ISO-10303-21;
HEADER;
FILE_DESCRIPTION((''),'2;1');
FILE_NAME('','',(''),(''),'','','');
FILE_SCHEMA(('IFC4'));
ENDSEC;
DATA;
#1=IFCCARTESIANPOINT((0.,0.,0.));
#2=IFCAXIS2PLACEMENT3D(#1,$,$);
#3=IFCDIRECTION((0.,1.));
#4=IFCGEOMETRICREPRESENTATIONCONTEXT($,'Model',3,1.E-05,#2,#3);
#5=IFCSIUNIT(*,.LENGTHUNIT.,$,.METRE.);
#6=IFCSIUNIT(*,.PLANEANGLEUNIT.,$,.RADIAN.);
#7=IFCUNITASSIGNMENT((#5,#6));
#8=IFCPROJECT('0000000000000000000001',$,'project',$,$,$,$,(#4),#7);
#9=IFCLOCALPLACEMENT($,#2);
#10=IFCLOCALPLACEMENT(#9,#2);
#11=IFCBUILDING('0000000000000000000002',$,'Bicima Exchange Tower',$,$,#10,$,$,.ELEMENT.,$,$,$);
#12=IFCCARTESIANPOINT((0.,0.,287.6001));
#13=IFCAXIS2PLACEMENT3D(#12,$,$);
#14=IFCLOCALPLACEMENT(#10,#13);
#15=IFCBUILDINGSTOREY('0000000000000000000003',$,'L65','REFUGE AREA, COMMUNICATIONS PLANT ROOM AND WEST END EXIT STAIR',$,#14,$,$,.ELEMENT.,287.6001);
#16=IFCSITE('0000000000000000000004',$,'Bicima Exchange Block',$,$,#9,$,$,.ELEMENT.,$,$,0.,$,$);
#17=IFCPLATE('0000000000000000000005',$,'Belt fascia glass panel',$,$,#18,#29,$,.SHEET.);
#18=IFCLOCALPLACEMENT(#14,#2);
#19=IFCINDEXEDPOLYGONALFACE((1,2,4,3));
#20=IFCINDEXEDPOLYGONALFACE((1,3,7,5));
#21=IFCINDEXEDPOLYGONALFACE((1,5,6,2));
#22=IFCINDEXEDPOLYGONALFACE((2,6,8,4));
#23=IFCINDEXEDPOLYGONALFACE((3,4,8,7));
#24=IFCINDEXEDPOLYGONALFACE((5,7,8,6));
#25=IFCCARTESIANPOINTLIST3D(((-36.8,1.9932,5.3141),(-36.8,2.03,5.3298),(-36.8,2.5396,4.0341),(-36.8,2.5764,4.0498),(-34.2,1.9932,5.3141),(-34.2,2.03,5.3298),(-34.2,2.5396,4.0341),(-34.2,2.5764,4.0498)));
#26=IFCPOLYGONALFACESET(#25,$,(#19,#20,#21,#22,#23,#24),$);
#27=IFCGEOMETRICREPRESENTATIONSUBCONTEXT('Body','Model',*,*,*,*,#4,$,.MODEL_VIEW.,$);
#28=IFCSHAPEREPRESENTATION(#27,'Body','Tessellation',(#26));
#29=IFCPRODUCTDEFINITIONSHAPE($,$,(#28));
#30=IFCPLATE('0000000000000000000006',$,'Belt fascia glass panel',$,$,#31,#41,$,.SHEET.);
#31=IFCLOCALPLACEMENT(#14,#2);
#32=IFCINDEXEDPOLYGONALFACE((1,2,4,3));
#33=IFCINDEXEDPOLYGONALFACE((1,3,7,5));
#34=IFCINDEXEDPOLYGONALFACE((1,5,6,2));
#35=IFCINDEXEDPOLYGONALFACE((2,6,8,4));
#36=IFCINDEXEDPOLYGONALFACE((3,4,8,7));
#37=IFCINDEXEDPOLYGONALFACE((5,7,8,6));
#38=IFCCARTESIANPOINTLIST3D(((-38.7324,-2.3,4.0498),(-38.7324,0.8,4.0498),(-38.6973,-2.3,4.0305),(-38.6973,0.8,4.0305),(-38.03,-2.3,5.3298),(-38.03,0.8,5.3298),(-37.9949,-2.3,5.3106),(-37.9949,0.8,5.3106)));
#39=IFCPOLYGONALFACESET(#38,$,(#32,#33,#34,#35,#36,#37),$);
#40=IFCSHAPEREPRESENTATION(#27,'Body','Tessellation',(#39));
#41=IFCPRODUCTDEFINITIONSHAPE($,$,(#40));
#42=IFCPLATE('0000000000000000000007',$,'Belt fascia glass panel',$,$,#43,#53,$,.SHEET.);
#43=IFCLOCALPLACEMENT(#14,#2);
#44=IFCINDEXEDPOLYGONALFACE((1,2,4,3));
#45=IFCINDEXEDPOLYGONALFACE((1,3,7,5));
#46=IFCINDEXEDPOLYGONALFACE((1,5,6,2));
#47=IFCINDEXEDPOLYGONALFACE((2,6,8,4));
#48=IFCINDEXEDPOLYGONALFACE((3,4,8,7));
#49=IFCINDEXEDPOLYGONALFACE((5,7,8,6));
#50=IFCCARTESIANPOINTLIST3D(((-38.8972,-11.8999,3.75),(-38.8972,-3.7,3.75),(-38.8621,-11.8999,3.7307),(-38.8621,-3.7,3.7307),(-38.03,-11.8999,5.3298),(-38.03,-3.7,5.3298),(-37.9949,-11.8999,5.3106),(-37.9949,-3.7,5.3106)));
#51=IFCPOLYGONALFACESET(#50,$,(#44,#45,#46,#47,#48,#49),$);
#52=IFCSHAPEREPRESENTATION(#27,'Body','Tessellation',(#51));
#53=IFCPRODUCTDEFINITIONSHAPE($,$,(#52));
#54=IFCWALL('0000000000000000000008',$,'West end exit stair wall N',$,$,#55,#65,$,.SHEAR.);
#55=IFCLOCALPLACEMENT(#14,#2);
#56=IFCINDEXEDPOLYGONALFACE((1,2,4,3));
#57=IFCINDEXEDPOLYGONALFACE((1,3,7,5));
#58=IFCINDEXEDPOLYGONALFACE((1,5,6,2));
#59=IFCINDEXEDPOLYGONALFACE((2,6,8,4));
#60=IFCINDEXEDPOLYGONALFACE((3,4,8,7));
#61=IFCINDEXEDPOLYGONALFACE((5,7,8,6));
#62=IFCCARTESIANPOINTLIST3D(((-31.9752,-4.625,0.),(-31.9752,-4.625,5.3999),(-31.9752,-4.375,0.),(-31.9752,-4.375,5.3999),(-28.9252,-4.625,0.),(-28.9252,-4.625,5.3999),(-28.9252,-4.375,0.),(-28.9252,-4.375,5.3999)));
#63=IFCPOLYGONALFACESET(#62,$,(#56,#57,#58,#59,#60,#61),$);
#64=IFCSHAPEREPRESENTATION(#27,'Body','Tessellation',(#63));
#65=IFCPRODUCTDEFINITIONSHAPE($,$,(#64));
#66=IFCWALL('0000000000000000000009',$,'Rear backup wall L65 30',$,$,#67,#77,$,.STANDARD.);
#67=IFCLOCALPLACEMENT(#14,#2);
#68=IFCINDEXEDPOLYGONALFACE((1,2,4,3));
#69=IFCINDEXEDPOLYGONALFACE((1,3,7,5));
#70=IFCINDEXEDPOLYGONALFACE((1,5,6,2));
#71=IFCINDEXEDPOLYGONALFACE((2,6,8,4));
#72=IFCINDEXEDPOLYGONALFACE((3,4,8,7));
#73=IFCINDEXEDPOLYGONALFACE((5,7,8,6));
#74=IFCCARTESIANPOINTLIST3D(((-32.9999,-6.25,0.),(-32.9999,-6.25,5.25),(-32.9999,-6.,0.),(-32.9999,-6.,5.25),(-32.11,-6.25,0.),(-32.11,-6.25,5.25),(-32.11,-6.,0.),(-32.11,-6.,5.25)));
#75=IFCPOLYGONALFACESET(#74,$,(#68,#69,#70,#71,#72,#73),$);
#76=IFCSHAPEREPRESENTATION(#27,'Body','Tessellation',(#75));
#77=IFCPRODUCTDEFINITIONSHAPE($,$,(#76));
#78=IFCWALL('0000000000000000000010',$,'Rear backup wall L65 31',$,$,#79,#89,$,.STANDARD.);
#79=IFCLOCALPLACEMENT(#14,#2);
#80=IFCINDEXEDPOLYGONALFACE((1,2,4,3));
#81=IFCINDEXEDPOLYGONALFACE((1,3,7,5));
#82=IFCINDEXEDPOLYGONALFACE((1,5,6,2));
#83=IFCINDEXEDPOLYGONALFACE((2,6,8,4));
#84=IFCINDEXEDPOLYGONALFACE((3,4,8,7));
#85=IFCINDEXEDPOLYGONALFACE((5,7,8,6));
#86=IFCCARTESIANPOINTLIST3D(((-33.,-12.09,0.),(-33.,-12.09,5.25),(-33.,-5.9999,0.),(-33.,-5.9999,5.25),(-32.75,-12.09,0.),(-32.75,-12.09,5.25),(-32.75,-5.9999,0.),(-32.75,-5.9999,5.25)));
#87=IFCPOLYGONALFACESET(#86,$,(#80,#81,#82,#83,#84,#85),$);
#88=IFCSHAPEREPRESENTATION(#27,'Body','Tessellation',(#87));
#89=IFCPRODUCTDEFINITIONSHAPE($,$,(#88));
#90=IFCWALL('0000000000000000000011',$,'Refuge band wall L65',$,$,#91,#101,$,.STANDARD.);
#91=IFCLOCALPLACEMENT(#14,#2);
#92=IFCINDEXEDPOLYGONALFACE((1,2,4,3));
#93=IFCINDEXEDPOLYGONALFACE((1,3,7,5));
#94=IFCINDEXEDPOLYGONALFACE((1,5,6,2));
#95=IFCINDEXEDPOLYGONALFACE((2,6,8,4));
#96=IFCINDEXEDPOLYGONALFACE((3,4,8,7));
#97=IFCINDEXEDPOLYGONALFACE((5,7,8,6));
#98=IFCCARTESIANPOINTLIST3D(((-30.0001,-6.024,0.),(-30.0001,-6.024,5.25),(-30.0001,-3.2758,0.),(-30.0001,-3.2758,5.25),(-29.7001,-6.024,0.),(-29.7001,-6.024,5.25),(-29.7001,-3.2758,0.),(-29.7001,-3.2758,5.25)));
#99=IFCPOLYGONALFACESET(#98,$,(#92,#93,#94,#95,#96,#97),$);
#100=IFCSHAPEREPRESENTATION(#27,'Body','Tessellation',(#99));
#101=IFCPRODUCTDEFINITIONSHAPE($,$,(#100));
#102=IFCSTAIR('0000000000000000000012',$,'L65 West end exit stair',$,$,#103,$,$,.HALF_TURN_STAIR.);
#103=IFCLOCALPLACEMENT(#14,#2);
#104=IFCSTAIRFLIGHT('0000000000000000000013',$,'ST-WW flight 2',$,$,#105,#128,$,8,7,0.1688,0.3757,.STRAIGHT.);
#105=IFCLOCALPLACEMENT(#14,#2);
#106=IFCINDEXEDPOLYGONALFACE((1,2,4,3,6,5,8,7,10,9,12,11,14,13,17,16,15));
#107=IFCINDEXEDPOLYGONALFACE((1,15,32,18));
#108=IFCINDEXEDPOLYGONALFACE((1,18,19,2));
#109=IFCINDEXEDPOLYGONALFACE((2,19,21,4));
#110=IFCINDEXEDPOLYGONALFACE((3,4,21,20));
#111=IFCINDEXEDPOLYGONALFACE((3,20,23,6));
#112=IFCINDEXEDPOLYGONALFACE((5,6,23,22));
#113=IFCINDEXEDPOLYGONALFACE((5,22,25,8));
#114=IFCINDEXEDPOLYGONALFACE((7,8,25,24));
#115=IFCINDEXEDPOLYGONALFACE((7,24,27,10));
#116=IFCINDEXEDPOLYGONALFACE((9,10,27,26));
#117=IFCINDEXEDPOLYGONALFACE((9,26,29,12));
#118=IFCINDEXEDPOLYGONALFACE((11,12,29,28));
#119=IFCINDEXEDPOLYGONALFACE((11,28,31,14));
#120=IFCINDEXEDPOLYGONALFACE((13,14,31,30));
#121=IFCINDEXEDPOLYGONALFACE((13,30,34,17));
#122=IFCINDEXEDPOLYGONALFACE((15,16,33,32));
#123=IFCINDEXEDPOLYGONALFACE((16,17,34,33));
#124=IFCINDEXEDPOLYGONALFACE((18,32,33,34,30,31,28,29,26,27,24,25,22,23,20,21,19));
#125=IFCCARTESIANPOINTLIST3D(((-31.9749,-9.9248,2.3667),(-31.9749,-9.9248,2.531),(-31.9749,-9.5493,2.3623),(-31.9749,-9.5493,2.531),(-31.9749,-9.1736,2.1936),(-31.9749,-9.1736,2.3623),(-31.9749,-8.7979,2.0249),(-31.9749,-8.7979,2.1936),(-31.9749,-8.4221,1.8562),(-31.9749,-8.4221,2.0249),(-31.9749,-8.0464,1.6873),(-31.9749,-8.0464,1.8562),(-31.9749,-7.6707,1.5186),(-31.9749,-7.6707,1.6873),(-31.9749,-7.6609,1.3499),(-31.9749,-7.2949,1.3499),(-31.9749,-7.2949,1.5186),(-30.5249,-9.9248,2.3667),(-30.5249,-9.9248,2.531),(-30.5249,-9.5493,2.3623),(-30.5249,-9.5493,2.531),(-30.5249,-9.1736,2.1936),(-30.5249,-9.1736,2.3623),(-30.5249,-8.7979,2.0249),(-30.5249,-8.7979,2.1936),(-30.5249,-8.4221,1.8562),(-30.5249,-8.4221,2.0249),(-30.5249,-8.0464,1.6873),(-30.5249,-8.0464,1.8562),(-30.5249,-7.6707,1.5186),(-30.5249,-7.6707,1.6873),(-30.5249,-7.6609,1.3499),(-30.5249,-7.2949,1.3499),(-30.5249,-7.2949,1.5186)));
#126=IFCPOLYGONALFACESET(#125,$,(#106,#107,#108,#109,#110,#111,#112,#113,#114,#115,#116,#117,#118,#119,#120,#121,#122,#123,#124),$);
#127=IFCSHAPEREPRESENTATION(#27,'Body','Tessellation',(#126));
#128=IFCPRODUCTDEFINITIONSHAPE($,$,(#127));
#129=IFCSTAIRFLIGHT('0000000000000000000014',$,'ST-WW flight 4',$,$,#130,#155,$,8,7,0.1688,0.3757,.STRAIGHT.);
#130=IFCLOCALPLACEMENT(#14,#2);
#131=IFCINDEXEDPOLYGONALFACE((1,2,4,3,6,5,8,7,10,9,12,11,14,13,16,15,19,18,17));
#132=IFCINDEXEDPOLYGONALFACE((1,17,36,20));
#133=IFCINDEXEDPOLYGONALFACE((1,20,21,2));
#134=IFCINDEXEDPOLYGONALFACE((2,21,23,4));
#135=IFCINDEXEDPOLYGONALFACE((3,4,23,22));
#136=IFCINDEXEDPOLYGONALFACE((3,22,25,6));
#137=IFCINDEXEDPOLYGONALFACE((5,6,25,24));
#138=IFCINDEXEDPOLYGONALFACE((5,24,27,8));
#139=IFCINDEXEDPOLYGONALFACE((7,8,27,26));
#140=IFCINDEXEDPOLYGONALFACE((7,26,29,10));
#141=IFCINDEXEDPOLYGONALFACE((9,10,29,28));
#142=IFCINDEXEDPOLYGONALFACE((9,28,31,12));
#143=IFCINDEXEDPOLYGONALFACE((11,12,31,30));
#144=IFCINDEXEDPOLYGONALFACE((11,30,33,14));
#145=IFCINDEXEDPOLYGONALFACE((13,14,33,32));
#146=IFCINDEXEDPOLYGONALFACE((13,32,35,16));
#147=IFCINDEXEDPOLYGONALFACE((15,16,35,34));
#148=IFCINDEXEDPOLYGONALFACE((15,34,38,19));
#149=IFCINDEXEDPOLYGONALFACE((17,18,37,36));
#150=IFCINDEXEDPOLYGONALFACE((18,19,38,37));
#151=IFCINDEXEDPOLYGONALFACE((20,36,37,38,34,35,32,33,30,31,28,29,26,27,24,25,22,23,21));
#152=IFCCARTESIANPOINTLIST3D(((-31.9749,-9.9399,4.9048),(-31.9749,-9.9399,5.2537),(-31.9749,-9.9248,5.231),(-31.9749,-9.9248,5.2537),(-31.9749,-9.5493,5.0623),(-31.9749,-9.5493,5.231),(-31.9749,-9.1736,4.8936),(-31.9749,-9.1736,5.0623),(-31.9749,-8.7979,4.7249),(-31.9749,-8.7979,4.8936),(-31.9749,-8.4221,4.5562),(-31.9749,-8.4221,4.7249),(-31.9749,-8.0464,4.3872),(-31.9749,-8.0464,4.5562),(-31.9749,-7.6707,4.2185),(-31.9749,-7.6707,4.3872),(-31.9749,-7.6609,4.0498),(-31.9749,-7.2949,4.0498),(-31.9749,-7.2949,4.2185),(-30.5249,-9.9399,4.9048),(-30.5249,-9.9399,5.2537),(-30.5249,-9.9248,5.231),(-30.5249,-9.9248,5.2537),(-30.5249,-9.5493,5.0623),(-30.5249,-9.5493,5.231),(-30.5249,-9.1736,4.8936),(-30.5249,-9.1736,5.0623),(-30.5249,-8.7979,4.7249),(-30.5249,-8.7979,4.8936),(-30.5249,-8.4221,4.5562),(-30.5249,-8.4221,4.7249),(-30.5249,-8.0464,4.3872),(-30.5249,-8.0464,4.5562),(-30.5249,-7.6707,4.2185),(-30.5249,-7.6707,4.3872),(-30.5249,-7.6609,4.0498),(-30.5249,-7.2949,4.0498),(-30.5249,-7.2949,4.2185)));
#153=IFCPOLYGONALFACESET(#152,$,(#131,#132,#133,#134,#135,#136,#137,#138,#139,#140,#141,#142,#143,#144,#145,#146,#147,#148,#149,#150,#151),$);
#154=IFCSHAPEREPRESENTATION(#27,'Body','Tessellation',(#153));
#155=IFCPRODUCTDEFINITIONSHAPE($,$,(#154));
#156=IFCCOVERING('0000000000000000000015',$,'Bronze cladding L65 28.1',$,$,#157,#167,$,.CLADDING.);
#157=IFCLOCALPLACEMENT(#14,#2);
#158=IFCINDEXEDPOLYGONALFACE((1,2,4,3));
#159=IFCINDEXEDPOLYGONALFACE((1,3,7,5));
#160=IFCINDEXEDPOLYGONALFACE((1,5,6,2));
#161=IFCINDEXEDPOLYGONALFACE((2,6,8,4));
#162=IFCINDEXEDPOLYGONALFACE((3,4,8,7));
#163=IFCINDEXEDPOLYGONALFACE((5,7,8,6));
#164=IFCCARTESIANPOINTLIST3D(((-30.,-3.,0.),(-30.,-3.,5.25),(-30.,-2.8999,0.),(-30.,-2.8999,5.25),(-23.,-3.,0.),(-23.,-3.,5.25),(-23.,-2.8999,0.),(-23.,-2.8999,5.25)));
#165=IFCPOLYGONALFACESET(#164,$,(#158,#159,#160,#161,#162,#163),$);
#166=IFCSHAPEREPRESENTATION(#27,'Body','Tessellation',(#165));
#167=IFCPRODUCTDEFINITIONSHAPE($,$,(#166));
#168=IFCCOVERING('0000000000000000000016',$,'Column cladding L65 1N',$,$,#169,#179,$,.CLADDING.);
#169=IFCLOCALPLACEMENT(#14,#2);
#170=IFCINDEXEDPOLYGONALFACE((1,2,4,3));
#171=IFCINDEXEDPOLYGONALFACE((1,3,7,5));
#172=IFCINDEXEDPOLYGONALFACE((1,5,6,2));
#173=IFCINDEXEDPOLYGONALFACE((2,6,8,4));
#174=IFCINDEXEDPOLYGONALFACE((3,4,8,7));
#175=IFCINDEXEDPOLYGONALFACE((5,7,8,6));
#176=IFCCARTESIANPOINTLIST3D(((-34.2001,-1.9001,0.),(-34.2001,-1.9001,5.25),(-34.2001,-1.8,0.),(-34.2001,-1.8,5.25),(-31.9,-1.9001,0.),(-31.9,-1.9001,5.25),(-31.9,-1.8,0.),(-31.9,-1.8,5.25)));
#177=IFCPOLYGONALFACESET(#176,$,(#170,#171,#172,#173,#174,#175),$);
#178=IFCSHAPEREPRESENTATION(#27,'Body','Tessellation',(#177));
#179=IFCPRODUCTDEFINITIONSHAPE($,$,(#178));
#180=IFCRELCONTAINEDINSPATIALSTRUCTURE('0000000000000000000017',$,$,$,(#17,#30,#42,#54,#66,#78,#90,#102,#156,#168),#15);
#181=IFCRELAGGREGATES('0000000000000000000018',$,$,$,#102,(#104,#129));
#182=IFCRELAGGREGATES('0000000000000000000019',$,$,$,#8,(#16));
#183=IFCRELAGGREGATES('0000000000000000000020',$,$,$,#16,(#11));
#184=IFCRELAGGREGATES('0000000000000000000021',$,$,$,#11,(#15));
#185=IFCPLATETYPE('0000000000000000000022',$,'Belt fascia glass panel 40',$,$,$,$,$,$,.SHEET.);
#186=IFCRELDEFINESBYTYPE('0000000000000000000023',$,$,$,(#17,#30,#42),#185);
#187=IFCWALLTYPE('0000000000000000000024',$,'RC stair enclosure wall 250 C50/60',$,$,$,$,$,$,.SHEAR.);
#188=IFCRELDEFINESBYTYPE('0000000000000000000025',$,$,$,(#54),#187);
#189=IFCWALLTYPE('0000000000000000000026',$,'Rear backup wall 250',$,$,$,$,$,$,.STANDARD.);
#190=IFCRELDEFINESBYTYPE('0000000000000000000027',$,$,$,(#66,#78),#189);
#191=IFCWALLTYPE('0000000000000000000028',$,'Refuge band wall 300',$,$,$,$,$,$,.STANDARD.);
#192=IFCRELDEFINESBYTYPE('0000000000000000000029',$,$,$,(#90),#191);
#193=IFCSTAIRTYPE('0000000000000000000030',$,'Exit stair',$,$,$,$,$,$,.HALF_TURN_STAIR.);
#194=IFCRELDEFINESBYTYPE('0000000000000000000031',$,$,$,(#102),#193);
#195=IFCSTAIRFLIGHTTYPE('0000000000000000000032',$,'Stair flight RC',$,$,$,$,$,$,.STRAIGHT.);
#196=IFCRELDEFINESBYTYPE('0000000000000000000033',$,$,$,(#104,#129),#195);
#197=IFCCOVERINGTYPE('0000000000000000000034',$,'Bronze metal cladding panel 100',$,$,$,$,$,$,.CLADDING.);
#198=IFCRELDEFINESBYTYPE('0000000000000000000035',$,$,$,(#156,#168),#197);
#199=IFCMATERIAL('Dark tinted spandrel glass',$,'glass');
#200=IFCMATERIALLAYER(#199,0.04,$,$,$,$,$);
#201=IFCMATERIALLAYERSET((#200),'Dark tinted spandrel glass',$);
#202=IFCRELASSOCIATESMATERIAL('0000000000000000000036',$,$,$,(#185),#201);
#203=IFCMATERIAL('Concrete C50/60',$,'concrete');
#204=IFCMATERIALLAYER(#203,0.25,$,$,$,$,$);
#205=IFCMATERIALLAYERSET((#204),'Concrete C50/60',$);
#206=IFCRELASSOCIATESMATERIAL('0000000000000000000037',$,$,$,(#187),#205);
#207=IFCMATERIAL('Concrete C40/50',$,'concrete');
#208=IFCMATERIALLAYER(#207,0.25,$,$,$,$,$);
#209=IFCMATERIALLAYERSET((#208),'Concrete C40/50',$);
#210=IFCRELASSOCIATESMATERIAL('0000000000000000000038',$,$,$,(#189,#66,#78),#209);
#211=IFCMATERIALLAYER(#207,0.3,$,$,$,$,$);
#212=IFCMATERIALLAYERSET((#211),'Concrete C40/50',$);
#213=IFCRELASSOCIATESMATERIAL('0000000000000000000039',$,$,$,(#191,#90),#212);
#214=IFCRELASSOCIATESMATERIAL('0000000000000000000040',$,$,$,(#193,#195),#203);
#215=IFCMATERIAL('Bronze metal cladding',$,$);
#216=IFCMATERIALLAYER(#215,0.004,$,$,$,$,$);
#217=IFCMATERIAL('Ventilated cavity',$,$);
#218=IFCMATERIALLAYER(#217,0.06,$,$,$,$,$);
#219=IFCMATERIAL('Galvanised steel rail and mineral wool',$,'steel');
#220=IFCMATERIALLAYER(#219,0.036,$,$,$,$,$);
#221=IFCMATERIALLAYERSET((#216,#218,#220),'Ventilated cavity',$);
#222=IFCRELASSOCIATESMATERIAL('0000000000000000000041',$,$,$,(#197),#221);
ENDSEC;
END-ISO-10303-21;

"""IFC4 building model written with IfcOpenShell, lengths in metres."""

from ifc_helpers import new_model, si_unit, direction, frame, frame_2d, origin, origin_2d, place, context, subcontext, project, spatial, polyline, rectangle, outline, extrude, material, layer, layer_set, layer_usage, type_object, element, aggregate, save


model = new_model("IFC4")

# Units and contexts
model_context = context("Model", 3, precision=1e-05, world=origin(), true_north=direction((0.0, 1.0)))
body_context = subcontext(model_context, "Body", "Model", "MODEL_VIEW")
ifc_project = project(units=[si_unit("LENGTHUNIT", "METRE"), si_unit("PLANEANGLEUNIT", "RADIAN")], contexts=[model_context])

# Site, building, storey
site_placement = place(None, origin())
site = spatial("IfcSite", under=ifc_project, at=site_placement, Name="Bicima Exchange Block", CompositionType="ELEMENT", RefElevation=0.0)
building_placement = place(site_placement, origin())
building = spatial("IfcBuilding", under=site, at=building_placement, Name="Bicima Exchange Tower", CompositionType="ELEMENT")
storey_placement = place(building_placement, frame((0.0, 0.0, 287.6001)))
storey = spatial("IfcBuildingStorey", under=building, at=storey_placement, Name="L65", Description="REFUGE AREA, COMMUNICATIONS PLANT ROOM AND WEST END EXIT STAIR", CompositionType="ELEMENT", Elevation=287.6001)

# Plates
ifc_material_1 = material(Name="Dark tinted spandrel glass", Category="glass")
ifc_layer_1 = layer(ifc_material_1, 0.04)
ifc_layer_set_1 = layer_set([ifc_layer_1], Name="Dark tinted spandrel glass")
plate_type = type_object("IfcPlateType", Name="Belt fascia glass panel 40", PredefinedType="SHEET", material=ifc_layer_set_1)
plate_1_placement = place(storey_placement, frame((-34.2, 2.5764, 4.0498), z_axis=(0.0, 0.919716, 0.392585), x_axis=(-1.0, 0.0, 0.0)))
element("IfcPlate", 1, at=plate_1_placement, inside=storey, type_object=plate_type, Name="Belt fascia glass panel", PredefinedType="SHEET", context=body_context, shape_type="SweptSolid", body=[
    extrude(outline(polyline([(0.0, 0.0), (2.6001, 0.0), (2.6001, 1.3918), (0.0, 1.3918), (0.0, 0.0)])), origin(), (0.0, 0.0, -1.0), 0.04),
])
plate_2_placement = place(storey_placement, frame((-38.7324, 0.8, 4.0498), z_axis=(-0.876685, 0.0, 0.481065), x_axis=(0.0, -1.0, 0.0)))
element("IfcPlate", 2, at=plate_2_placement, inside=storey, type_object=plate_type, Name="Belt fascia glass panel", PredefinedType="SHEET", context=body_context, shape_type="SweptSolid", body=[
    extrude(outline(polyline([(0.0, 0.0), (3.1001, 0.0), (3.1001, 1.4601), (0.0, 1.4601), (0.0, 0.0)])), origin(), (0.0, 0.0, -1.0), 0.04),
])
plate_3_placement = place(storey_placement, frame((-38.8972, -3.7, 3.75), z_axis=(-0.876619, 0.0, 0.481185), x_axis=(0.0, -1.0, 0.0)))
element("IfcPlate", 3, at=plate_3_placement, inside=storey, type_object=plate_type, Name="Belt fascia glass panel", PredefinedType="SHEET", context=body_context, shape_type="SweptSolid", body=[
    extrude(outline(polyline([(0.0, 0.0), (8.2, 0.0), (8.2, 1.8022), (0.0, 1.8022), (0.0, 0.0)])), origin(), (0.0, 0.0, -1.0), 0.04),
])

# Walls
ifc_material_2 = material(Name="Concrete C50/60", Category="concrete")
ifc_layer_2 = layer(ifc_material_2, 0.25)
ifc_layer_set_2 = layer_set([ifc_layer_2], Name="Concrete C50/60")
wall_type_1 = type_object("IfcWallType", Name="RC stair enclosure wall 250 C50/60", PredefinedType="SHEAR", material=ifc_layer_set_2)
wall_1_placement = place(storey_placement, frame((-31.9751, -4.5, 0.0), z_axis=(0.0, 0.0, 1.0), x_axis=(1.0, 0.0, 0.0)))
element("IfcWall", 4, at=wall_1_placement, inside=storey, type_object=wall_type_1, Name="West end exit stair wall N", PredefinedType="SHEAR", context=body_context, shape_type="SweptSolid", body=[
    extrude(rectangle(XDim=3.05, YDim=0.25, at=frame_2d((1.5249, 0.0))), origin(), (0.0, 0.0, 1.0), 5.3999),
])
ifc_material_3 = material(Name="Concrete C40/50", Category="concrete")
ifc_layer_3 = layer(ifc_material_3, 0.25)
ifc_layer_set_3 = layer_set([ifc_layer_3], Name="Concrete C40/50")
ifc_layer_usage_1 = layer_usage(ifc_layer_set_3, "AXIS2", "POSITIVE", -0.125)
wall_type_2 = type_object("IfcWallType", Name="Rear backup wall 250", PredefinedType="STANDARD", material=ifc_layer_set_3)
wall_2_placement = place(storey_placement, frame((-32.1101, -6.125, 0.0), z_axis=(0.0, 0.0, 1.0), x_axis=(-1.0, 0.0, 0.0)))
element("IfcWall", 5, at=wall_2_placement, inside=storey, type_object=wall_type_2, material=ifc_layer_usage_1, Name="Rear backup wall L65 30", PredefinedType="STANDARD", context=body_context, shape_type="SweptSolid", body=[
    extrude(rectangle(XDim=0.8899, YDim=0.25, at=frame_2d((0.4448, 0.0))), origin(), (0.0, 0.0, 1.0), 5.25),
])
wall_3_placement = place(storey_placement, frame((-32.875, -6.0, 0.0), z_axis=(0.0, 0.0, 1.0), x_axis=(0.0, -1.0, 0.0)))
element("IfcWall", 6, at=wall_3_placement, inside=storey, type_object=wall_type_2, material=ifc_layer_usage_1, Name="Rear backup wall L65 31", PredefinedType="STANDARD", context=body_context, shape_type="SweptSolid", body=[
    extrude(rectangle(XDim=6.0901, YDim=0.25, at=frame_2d((3.0449, 0.0))), origin(), (0.0, 0.0, 1.0), 5.25),
])
ifc_layer_4 = layer(ifc_material_3, 0.3)
ifc_layer_set_4 = layer_set([ifc_layer_4], Name="Concrete C40/50")
ifc_layer_usage_2 = layer_usage(ifc_layer_set_4, "AXIS2", "POSITIVE", -0.15)
wall_type_3 = type_object("IfcWallType", Name="Refuge band wall 300", PredefinedType="STANDARD", material=ifc_layer_set_4)
wall_4_placement = place(storey_placement, frame((-29.8501, -3.2759, 0.0), z_axis=(0.0, 0.0, 1.0), x_axis=(0.0, -1.0, 0.0)))
element("IfcWall", 7, at=wall_4_placement, inside=storey, type_object=wall_type_3, material=ifc_layer_usage_2, Name="Refuge band wall L65", PredefinedType="STANDARD", context=body_context, shape_type="SweptSolid", body=[
    extrude(rectangle(XDim=2.7483, YDim=0.3, at=frame_2d((1.374, 0.0))), origin(), (0.0, 0.0, 1.0), 5.25),
])

# Stair, stair flights
stair_type = type_object("IfcStairType", Name="Exit stair", PredefinedType="HALF_TURN_STAIR", material=ifc_material_2)
stair_placement = place(storey_placement, origin())
stair = element("IfcStair", 8, at=stair_placement, inside=storey, type_object=stair_type, Name="L65 West end exit stair", PredefinedType="HALF_TURN_STAIR")
stair_flight_type = type_object("IfcStairFlightType", Name="Stair flight RC", PredefinedType="STRAIGHT", material=ifc_material_2)
stair_flight_1_placement = place(storey_placement, frame((-31.25, -7.2949, 1.3499), z_axis=(0.0, 0.0, 1.0), x_axis=(0.0, -1.0, 0.0)))
stair_flight_1 = element("IfcStairFlight", 9, at=stair_flight_1_placement, type_object=stair_flight_type, Name="ST-WW flight 2", NumberOfRisers=8, NumberOfTreads=7, PredefinedType="STRAIGHT", RiserHeight=0.1688, TreadLength=0.3757, context=body_context, shape_type="SweptSolid", body=[
    extrude(outline(polyline([(0.0, 0.0), (0.0, 0.1687), (0.3757, 0.1687), (0.3757, 0.3374), (0.7515, 0.3374), (0.7515, 0.5063), (1.1272, 0.5063), (1.1272, 0.675), (1.5029, 0.675), (1.5029, 0.8438), (1.8787, 0.8438), (1.8787, 1.0125), (2.2544, 1.0125), (2.2544, 1.1812), (2.6299, 1.1812), (2.6299, 1.3501), (2.6299, 1.0168), (0.366, 0.0), (0.0, 0.0)])), frame((0.0, 0.7251, 0.0), z_axis=(0.0, -1.0, 0.0), x_axis=(1.0, 0.0, 0.0)), (0.0, 0.0, 1.0), 1.45),
])
stair_flight_2_placement = place(storey_placement, frame((-31.25, -7.2949, 4.0498), z_axis=(0.0, 0.0, 1.0), x_axis=(0.0, -1.0, 0.0)))
stair_flight_2 = element("IfcStairFlight", 10, at=stair_flight_2_placement, type_object=stair_flight_type, Name="ST-WW flight 4", NumberOfRisers=8, NumberOfTreads=7, PredefinedType="STRAIGHT", RiserHeight=0.1688, TreadLength=0.3757, context=body_context, shape_type="SweptSolid", body=[
    extrude(outline(polyline([(0.0, 0.0), (0.0, 0.1687), (0.3757, 0.1687), (0.3757, 0.3374), (0.7515, 0.3374), (0.7515, 0.5063), (1.1272, 0.5063), (1.1272, 0.675), (1.5029, 0.675), (1.5029, 0.8438), (1.8787, 0.8438), (1.8787, 1.0125), (2.2544, 1.0125), (2.2544, 1.1812), (2.6299, 1.1812), (2.6299, 1.2039), (2.645, 1.2039), (2.645, 0.855), (0.366, 0.0), (0.0, 0.0)])), frame((0.0, 0.7251, 0.0), z_axis=(0.0, -1.0, 0.0), x_axis=(1.0, 0.0, 0.0)), (0.0, 0.0, 1.0), 1.45),
])
aggregate(stair, [stair_flight_1, stair_flight_2])

# Coverings
ifc_material_4 = material(Name="Bronze metal cladding")
ifc_layer_5 = layer(ifc_material_4, 0.004)
ifc_material_5 = material(Name="Ventilated cavity")
ifc_layer_6 = layer(ifc_material_5, 0.06)
ifc_material_6 = material(Name="Galvanised steel rail and mineral wool", Category="steel")
ifc_layer_7 = layer(ifc_material_6, 0.036)
ifc_layer_set_5 = layer_set([ifc_layer_5, ifc_layer_6, ifc_layer_7], Name="Ventilated cavity")
covering_type = type_object("IfcCoveringType", Name="Bronze metal cladding panel 100", PredefinedType="CLADDING", material=ifc_layer_set_5)
covering_1_placement = place(storey_placement, frame((-26.5, -2.95, 0.0), z_axis=(0.0, 0.0, 1.0), x_axis=(-1.0, 0.0, 0.0)))
element("IfcCovering", 11, at=covering_1_placement, inside=storey, type_object=covering_type, Name="Bronze cladding L65 28.1", PredefinedType="CLADDING", context=body_context, shape_type="SweptSolid", body=[
    extrude(rectangle(XDim=7.0, YDim=0.1001, at=origin_2d()), origin(), (0.0, 0.0, 1.0), 5.25),
])
for number, where, z_axis, x_axis, name in (
    (12, (-33.05, -1.8501, 0.0), (0.0, 0.0, 1.0), (1.0, 0.0, 0.0), "Column cladding L65 1N"),
):
    element("IfcCovering", number, at=place(storey_placement, frame(where, z_axis=z_axis, x_axis=x_axis)), inside=storey, type_object=covering_type, Name=name, PredefinedType="CLADDING", context=body_context, shape_type="SweptSolid", body=[
        extrude(rectangle(XDim=2.3, YDim=0.1001, at=origin_2d()), origin(), (0.0, 0.0, 1.0), 5.25),
    ])

save(model, "model.ifc")
